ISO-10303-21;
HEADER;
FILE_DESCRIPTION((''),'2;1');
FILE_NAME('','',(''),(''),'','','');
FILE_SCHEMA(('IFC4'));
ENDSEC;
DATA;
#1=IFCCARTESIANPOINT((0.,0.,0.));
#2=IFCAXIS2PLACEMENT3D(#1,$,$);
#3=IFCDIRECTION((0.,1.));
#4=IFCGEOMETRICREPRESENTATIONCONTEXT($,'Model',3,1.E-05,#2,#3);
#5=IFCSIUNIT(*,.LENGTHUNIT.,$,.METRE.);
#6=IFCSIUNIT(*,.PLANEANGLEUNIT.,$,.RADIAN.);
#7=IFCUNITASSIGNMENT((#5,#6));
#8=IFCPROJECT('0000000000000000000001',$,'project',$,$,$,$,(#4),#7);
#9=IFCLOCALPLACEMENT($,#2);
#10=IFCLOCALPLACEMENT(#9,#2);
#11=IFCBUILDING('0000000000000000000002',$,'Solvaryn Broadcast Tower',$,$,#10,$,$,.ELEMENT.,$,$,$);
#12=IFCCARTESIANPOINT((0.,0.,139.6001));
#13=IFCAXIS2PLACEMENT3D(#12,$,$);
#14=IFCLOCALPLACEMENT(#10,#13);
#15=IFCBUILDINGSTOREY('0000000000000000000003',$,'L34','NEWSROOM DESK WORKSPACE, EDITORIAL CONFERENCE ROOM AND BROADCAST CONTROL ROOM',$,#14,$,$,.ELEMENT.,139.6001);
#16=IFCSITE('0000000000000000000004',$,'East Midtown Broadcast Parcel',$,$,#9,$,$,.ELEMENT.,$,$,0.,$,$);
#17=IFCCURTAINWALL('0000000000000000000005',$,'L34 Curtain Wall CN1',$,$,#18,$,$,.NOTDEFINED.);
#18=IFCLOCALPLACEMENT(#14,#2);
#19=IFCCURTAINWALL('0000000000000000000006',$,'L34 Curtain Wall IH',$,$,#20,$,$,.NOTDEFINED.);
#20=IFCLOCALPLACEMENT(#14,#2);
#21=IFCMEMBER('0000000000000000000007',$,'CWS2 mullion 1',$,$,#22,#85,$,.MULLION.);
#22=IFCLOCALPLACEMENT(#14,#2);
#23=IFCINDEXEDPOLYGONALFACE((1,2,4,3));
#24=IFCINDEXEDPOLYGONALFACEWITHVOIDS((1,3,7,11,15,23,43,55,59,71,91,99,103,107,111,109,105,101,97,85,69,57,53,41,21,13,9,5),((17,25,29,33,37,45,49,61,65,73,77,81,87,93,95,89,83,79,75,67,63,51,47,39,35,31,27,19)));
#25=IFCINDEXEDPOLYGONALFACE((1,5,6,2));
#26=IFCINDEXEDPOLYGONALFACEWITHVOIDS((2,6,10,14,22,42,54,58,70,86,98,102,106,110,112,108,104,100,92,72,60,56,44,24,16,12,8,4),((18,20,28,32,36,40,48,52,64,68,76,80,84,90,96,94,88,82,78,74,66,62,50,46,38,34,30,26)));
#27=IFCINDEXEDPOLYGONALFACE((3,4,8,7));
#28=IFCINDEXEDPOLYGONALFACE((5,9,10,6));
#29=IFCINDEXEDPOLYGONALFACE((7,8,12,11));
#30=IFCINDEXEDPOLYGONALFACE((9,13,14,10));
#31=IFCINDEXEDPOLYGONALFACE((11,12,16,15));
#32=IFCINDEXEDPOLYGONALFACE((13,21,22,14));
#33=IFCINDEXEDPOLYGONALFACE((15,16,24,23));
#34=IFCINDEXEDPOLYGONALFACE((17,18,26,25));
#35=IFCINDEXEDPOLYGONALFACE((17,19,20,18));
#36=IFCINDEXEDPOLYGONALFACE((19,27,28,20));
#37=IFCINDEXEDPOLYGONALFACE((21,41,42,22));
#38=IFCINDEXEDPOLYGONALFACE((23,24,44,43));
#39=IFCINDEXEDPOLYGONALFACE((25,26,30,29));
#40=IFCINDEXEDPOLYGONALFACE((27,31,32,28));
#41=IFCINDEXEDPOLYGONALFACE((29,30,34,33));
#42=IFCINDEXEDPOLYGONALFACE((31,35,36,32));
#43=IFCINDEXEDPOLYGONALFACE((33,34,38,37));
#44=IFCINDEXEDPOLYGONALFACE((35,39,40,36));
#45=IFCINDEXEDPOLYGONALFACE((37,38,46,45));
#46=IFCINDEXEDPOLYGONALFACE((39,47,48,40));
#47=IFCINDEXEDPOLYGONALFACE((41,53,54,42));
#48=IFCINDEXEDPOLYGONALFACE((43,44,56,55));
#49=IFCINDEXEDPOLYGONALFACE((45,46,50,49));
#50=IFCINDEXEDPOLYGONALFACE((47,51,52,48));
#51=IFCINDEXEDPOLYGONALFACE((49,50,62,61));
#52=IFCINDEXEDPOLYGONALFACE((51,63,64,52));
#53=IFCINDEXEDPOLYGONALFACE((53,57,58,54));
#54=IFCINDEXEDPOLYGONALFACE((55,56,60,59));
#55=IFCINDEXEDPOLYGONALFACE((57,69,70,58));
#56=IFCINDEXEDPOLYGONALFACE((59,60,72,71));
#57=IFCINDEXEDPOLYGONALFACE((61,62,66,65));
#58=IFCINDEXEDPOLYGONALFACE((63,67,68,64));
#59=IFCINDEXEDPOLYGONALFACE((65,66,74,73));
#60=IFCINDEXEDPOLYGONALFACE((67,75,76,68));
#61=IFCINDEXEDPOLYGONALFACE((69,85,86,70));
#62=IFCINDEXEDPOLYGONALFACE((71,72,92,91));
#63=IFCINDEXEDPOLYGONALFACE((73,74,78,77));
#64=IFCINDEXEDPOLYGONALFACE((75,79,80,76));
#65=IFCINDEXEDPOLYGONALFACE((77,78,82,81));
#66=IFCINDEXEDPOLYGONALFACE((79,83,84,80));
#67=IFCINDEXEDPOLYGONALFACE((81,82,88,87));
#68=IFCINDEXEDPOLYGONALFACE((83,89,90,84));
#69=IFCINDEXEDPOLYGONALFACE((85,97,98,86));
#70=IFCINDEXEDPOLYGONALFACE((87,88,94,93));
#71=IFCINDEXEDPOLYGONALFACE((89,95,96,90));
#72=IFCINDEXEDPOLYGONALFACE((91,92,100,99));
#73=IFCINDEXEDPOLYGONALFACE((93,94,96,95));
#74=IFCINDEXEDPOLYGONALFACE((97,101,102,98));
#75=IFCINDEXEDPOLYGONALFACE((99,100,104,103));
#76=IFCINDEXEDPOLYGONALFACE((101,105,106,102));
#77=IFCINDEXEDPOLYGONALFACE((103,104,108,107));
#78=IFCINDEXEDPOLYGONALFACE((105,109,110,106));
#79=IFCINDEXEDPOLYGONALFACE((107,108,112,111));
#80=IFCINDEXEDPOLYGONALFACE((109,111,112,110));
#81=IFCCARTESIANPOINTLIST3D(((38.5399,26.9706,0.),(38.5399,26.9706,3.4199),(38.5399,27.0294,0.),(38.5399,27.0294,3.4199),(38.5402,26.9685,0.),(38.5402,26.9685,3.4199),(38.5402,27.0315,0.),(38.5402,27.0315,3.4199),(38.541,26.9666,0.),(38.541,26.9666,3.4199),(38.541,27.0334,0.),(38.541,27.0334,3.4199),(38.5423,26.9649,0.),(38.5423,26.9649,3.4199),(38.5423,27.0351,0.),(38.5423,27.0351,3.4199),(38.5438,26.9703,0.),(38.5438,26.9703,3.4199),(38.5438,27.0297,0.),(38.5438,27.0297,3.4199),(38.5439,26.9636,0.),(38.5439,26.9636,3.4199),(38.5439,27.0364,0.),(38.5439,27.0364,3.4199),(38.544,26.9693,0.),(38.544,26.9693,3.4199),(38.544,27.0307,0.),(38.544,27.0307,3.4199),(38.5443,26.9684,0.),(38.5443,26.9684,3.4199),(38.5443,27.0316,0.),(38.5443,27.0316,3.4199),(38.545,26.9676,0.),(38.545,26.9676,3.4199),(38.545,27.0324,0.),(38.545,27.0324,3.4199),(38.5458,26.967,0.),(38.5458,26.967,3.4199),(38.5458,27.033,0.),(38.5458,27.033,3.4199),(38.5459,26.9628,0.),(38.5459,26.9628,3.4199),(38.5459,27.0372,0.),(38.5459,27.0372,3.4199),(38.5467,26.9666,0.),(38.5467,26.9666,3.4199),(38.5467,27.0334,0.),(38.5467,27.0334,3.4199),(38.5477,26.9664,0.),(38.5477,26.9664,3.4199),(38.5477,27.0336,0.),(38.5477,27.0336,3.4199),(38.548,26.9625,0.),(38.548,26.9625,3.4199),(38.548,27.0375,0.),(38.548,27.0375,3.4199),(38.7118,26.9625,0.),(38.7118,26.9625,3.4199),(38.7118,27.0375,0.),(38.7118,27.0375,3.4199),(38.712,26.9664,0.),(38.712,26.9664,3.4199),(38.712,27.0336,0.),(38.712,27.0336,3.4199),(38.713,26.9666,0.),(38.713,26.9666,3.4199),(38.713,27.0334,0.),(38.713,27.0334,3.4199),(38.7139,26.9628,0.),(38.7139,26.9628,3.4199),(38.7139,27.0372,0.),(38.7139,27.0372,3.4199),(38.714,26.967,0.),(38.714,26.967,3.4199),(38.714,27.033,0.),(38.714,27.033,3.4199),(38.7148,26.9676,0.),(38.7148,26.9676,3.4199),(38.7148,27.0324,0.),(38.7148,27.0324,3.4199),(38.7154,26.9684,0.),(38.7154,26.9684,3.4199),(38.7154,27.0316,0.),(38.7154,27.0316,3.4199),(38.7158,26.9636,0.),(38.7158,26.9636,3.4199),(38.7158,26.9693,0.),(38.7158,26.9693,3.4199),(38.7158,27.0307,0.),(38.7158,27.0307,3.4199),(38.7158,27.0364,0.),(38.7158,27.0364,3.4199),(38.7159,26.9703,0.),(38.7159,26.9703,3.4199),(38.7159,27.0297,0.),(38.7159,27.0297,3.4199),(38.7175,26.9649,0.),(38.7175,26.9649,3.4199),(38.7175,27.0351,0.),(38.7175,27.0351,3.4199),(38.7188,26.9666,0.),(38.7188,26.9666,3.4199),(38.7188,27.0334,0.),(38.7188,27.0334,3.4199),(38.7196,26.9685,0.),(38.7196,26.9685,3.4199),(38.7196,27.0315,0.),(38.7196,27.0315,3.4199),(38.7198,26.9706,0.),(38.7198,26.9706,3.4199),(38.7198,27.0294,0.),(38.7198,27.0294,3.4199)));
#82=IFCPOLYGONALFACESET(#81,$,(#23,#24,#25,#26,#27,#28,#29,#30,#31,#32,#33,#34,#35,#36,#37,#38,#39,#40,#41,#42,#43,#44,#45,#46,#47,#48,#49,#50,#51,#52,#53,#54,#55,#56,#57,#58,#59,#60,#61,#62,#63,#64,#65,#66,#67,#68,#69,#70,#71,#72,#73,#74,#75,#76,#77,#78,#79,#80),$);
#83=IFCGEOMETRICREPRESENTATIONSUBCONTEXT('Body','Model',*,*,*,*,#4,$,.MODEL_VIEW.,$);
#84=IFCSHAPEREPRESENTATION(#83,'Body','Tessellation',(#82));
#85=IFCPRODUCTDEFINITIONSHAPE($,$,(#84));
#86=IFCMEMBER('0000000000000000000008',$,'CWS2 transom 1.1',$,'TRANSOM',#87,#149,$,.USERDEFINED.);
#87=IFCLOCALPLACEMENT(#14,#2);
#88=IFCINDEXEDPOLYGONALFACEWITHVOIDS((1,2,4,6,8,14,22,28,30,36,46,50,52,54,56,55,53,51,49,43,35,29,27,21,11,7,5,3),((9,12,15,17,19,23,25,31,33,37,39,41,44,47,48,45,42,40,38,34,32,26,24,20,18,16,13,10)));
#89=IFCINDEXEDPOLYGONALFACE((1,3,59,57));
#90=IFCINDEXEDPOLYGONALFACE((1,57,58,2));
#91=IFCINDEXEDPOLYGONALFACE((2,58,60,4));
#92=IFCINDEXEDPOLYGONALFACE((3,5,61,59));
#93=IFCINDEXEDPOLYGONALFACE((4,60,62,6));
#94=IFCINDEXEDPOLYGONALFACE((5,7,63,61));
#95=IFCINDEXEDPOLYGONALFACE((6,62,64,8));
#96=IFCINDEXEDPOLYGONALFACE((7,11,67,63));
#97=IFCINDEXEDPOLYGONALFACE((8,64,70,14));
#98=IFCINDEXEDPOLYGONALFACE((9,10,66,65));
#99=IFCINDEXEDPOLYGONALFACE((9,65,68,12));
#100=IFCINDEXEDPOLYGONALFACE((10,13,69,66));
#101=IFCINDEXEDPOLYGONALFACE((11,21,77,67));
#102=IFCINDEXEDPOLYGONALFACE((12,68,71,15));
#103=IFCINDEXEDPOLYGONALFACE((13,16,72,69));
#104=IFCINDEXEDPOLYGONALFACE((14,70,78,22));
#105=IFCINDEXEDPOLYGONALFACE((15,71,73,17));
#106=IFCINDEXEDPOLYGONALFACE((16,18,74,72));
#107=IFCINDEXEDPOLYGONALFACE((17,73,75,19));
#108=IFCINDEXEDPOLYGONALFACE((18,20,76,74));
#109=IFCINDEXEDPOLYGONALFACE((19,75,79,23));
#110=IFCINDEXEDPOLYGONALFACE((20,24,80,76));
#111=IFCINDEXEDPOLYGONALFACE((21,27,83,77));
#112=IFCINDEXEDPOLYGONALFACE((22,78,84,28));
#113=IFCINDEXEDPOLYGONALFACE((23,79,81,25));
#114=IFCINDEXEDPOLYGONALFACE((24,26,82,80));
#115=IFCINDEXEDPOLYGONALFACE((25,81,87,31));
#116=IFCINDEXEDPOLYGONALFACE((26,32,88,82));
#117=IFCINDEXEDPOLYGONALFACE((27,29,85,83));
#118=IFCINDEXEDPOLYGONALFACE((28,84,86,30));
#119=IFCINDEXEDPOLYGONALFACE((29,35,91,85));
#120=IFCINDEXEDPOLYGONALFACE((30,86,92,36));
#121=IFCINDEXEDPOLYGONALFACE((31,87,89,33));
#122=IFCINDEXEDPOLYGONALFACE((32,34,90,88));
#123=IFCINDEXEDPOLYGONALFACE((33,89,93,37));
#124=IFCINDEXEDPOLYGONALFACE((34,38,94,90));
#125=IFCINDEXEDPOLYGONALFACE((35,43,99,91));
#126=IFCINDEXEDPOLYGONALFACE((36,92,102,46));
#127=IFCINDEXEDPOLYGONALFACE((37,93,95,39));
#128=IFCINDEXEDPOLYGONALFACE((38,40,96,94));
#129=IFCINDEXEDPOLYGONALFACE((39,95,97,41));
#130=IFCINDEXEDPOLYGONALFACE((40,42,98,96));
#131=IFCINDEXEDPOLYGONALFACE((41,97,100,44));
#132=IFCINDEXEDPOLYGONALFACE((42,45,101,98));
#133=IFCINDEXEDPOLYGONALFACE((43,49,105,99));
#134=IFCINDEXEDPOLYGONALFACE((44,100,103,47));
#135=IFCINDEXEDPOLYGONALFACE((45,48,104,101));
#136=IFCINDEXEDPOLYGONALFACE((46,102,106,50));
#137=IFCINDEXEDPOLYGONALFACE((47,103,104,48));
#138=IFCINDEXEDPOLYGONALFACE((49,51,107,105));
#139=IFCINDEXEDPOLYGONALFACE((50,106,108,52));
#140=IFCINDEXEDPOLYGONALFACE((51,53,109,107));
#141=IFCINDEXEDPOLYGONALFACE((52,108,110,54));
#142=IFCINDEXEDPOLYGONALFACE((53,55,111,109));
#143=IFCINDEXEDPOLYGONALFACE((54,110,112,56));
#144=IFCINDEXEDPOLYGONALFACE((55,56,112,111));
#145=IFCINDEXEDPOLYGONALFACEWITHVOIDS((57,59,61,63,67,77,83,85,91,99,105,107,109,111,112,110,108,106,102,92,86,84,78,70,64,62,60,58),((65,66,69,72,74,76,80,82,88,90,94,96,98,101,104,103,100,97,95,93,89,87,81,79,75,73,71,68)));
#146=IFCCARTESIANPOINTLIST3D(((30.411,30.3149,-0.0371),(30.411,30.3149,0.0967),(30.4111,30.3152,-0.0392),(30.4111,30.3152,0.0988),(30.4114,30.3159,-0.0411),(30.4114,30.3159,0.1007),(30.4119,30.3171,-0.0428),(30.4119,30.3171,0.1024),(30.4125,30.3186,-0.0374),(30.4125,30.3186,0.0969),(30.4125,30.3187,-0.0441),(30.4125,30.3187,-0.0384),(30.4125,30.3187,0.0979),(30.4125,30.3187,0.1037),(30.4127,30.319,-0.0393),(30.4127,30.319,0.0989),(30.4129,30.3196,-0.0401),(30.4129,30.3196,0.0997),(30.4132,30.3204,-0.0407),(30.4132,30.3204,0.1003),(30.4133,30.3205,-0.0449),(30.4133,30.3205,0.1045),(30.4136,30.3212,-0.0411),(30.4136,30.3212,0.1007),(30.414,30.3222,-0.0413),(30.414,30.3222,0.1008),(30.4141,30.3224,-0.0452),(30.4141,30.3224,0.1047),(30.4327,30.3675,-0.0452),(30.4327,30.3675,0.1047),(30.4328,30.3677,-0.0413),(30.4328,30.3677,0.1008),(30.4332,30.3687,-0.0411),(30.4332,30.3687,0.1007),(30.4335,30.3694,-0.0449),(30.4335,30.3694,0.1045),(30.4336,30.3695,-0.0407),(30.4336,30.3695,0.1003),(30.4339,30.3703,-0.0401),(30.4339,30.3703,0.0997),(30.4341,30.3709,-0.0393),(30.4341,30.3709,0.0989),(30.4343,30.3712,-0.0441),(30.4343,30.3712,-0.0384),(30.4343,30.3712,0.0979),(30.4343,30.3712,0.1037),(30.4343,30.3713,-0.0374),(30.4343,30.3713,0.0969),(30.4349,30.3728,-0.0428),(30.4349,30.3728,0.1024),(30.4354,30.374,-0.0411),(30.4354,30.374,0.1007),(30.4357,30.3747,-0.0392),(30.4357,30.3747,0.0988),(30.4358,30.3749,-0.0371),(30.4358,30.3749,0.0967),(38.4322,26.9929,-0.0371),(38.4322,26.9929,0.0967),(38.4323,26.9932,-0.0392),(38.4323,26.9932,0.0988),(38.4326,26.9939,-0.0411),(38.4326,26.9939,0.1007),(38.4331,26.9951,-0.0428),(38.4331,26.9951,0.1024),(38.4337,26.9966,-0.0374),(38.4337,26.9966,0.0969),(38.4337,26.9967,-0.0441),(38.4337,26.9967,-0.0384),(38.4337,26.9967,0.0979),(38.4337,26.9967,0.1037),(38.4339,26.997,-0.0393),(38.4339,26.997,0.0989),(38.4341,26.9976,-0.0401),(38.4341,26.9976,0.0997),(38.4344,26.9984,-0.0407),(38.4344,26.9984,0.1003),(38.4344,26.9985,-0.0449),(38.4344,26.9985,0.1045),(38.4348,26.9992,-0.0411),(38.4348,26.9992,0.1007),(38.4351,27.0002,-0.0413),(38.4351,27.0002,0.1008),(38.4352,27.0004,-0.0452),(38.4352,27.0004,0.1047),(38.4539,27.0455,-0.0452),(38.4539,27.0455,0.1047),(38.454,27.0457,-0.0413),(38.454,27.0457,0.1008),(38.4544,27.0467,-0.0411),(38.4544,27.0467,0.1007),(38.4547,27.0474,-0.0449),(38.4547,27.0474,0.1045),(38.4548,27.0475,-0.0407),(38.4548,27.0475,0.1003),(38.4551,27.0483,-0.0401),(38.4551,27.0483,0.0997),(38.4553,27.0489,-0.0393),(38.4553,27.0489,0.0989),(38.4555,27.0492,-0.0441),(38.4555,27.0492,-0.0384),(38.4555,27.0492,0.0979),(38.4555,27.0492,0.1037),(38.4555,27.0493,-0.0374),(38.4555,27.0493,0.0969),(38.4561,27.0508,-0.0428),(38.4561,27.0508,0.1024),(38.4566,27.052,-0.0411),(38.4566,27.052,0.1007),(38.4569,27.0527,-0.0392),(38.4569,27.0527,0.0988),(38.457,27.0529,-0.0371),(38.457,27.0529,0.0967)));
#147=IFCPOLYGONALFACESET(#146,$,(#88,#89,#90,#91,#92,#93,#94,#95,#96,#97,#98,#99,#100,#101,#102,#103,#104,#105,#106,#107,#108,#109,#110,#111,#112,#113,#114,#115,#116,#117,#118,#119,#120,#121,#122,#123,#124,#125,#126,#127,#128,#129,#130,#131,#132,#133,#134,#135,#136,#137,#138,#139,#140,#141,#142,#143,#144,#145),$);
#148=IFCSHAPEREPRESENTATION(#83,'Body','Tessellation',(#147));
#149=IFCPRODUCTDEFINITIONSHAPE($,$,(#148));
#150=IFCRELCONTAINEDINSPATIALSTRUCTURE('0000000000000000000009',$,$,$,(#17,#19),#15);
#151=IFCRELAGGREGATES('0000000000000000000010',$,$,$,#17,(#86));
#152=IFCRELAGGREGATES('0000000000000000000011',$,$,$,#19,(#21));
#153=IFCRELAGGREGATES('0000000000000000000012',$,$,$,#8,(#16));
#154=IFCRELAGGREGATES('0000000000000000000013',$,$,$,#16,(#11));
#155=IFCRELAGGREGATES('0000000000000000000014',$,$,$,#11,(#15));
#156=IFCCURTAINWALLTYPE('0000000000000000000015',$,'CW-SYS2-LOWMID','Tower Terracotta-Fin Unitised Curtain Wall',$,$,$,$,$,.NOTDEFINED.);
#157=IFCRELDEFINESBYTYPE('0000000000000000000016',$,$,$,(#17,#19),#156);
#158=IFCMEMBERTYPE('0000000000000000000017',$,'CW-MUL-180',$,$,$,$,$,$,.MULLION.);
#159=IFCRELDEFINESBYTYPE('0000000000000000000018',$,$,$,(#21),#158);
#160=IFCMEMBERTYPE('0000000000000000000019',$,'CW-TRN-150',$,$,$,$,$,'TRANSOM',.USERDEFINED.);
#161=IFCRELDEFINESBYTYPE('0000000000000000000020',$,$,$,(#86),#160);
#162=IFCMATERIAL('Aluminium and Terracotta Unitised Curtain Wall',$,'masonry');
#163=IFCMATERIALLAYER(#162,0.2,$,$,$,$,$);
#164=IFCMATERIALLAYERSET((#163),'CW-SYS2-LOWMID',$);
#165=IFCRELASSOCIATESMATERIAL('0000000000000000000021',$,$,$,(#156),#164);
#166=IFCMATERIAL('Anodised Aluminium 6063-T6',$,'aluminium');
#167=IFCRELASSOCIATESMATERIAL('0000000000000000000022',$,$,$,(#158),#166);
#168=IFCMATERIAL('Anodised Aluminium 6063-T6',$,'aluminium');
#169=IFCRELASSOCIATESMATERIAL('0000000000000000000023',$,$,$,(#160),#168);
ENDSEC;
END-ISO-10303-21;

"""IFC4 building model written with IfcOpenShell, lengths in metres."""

from ifc_helpers import new_model, si_unit, direction, frame, origin, origin_2d, place, context, subcontext, project, spatial, hollow_rectangle, extrude, material, layer, layer_set, material_profile, profile_set, type_object, element, aggregate, save


model = new_model("IFC4")

# Units and contexts
model_context = context("Model", 3, precision=1e-05, world=origin(), true_north=direction((0.0, 1.0)))
body_context = subcontext(model_context, "Body", "Model", "MODEL_VIEW")
ifc_project = project(units=[si_unit("LENGTHUNIT", "METRE"), si_unit("PLANEANGLEUNIT", "RADIAN")], contexts=[model_context])

# Site, building, storey
site_placement = place(None, origin())
site = spatial("IfcSite", under=ifc_project, at=site_placement, Name="East Midtown Broadcast Parcel", CompositionType="ELEMENT", RefElevation=0.0)
building_placement = place(site_placement, origin())
building = spatial("IfcBuilding", under=site, at=building_placement, Name="Solvaryn Broadcast Tower", CompositionType="ELEMENT")
storey_placement = place(building_placement, frame((0.0, 0.0, 139.6001)))
storey = spatial("IfcBuildingStorey", under=building, at=storey_placement, Name="L34", Description="NEWSROOM DESK WORKSPACE, EDITORIAL CONFERENCE ROOM AND BROADCAST CONTROL ROOM", CompositionType="ELEMENT", Elevation=139.6001)

# Curtain walls, member
ifc_material_1 = material(Name="Aluminium and Terracotta Unitised Curtain Wall", Category="masonry")
ifc_layer_1 = layer(ifc_material_1, 0.2)
ifc_layer_set_1 = layer_set([ifc_layer_1], Name="CW-SYS2-LOWMID")
curtain_wall_type = type_object("IfcCurtainWallType", Name="CW-SYS2-LOWMID", Description="Tower Terracotta-Fin Unitised Curtain Wall", PredefinedType="NOTDEFINED", material=ifc_layer_set_1)
curtain_wall_1_placement = place(storey_placement, origin())
curtain_wall_1 = element("IfcCurtainWall", 1, at=curtain_wall_1_placement, inside=storey, type_object=curtain_wall_type, Name="L34 Curtain Wall CN1", PredefinedType="NOTDEFINED")
ifc_material_2 = material(Name="Anodised Aluminium 6063-T6", Category="aluminium")
ifc_material_profile_1 = material_profile(ifc_material_2, hollow_rectangle(XDim=0.075, YDim=0.1799, WallThickness=0.0039, InnerFilletRadius=0.0039, OuterFilletRadius=0.0081, at=origin_2d()))
ifc_profile_set_1 = profile_set([ifc_material_profile_1], Name="Anodised Aluminium 6063-T6")
member_type_1 = type_object("IfcMemberType", Name="CW-MUL-180", PredefinedType="MULLION", material=ifc_profile_set_1)
curtain_wall_2_placement = place(storey_placement, origin())
curtain_wall_2 = element("IfcCurtainWall", 2, at=curtain_wall_2_placement, inside=storey, type_object=curtain_wall_type, Name="L34 Curtain Wall IH", PredefinedType="NOTDEFINED")
member_1_placement = place(storey_placement, frame((38.6299, 27.0, 0.0), z_axis=(0.0, 0.0, 1.0), x_axis=(0.0, 1.0, 0.0)))
member_1 = element("IfcMember", 3, at=member_1_placement, type_object=member_type_1, Name="CWS2 mullion 1", PredefinedType="MULLION", context=body_context, shape_type="SweptSolid", body=[
    extrude(hollow_rectangle(XDim=0.075, YDim=0.1799, WallThickness=0.0039, InnerFilletRadius=0.0039, OuterFilletRadius=0.0081, at=origin_2d()), origin(), (0.0, 0.0, 1.0), 3.4199),
])

# Member
ifc_material_3 = material(Name="Anodised Aluminium 6063-T6", Category="aluminium")
ifc_material_profile_2 = material_profile(ifc_material_3, hollow_rectangle(XDim=0.0649, YDim=0.1499, WallThickness=0.0039, InnerFilletRadius=0.0039, OuterFilletRadius=0.0081, at=origin_2d()))
ifc_profile_set_2 = profile_set([ifc_material_profile_2], Name="Anodised Aluminium 6063-T6")
member_type_2 = type_object("IfcMemberType", Name="CW-TRN-150", ElementType="TRANSOM", PredefinedType="USERDEFINED", material=ifc_profile_set_2)
member_2_placement = place(storey_placement, frame((38.4446, 27.0229, 0.0298), z_axis=(-0.923899, 0.382636, 0.0), x_axis=(-0.382636, -0.923899, 0.0)))
member_2 = element("IfcMember", 4, at=member_2_placement, type_object=member_type_2, Name="CWS2 transom 1.1", ObjectType="TRANSOM", PredefinedType="USERDEFINED", context=body_context, shape_type="SweptSolid", body=[
    extrude(hollow_rectangle(XDim=0.0649, YDim=0.1499, WallThickness=0.0039, InnerFilletRadius=0.0039, OuterFilletRadius=0.0081, at=origin_2d()), origin(), (0.0, 0.0, 1.0), 8.6819),
])
aggregate(curtain_wall_1, [member_2])
aggregate(curtain_wall_2, [member_1])

save(model, "model.ifc")
